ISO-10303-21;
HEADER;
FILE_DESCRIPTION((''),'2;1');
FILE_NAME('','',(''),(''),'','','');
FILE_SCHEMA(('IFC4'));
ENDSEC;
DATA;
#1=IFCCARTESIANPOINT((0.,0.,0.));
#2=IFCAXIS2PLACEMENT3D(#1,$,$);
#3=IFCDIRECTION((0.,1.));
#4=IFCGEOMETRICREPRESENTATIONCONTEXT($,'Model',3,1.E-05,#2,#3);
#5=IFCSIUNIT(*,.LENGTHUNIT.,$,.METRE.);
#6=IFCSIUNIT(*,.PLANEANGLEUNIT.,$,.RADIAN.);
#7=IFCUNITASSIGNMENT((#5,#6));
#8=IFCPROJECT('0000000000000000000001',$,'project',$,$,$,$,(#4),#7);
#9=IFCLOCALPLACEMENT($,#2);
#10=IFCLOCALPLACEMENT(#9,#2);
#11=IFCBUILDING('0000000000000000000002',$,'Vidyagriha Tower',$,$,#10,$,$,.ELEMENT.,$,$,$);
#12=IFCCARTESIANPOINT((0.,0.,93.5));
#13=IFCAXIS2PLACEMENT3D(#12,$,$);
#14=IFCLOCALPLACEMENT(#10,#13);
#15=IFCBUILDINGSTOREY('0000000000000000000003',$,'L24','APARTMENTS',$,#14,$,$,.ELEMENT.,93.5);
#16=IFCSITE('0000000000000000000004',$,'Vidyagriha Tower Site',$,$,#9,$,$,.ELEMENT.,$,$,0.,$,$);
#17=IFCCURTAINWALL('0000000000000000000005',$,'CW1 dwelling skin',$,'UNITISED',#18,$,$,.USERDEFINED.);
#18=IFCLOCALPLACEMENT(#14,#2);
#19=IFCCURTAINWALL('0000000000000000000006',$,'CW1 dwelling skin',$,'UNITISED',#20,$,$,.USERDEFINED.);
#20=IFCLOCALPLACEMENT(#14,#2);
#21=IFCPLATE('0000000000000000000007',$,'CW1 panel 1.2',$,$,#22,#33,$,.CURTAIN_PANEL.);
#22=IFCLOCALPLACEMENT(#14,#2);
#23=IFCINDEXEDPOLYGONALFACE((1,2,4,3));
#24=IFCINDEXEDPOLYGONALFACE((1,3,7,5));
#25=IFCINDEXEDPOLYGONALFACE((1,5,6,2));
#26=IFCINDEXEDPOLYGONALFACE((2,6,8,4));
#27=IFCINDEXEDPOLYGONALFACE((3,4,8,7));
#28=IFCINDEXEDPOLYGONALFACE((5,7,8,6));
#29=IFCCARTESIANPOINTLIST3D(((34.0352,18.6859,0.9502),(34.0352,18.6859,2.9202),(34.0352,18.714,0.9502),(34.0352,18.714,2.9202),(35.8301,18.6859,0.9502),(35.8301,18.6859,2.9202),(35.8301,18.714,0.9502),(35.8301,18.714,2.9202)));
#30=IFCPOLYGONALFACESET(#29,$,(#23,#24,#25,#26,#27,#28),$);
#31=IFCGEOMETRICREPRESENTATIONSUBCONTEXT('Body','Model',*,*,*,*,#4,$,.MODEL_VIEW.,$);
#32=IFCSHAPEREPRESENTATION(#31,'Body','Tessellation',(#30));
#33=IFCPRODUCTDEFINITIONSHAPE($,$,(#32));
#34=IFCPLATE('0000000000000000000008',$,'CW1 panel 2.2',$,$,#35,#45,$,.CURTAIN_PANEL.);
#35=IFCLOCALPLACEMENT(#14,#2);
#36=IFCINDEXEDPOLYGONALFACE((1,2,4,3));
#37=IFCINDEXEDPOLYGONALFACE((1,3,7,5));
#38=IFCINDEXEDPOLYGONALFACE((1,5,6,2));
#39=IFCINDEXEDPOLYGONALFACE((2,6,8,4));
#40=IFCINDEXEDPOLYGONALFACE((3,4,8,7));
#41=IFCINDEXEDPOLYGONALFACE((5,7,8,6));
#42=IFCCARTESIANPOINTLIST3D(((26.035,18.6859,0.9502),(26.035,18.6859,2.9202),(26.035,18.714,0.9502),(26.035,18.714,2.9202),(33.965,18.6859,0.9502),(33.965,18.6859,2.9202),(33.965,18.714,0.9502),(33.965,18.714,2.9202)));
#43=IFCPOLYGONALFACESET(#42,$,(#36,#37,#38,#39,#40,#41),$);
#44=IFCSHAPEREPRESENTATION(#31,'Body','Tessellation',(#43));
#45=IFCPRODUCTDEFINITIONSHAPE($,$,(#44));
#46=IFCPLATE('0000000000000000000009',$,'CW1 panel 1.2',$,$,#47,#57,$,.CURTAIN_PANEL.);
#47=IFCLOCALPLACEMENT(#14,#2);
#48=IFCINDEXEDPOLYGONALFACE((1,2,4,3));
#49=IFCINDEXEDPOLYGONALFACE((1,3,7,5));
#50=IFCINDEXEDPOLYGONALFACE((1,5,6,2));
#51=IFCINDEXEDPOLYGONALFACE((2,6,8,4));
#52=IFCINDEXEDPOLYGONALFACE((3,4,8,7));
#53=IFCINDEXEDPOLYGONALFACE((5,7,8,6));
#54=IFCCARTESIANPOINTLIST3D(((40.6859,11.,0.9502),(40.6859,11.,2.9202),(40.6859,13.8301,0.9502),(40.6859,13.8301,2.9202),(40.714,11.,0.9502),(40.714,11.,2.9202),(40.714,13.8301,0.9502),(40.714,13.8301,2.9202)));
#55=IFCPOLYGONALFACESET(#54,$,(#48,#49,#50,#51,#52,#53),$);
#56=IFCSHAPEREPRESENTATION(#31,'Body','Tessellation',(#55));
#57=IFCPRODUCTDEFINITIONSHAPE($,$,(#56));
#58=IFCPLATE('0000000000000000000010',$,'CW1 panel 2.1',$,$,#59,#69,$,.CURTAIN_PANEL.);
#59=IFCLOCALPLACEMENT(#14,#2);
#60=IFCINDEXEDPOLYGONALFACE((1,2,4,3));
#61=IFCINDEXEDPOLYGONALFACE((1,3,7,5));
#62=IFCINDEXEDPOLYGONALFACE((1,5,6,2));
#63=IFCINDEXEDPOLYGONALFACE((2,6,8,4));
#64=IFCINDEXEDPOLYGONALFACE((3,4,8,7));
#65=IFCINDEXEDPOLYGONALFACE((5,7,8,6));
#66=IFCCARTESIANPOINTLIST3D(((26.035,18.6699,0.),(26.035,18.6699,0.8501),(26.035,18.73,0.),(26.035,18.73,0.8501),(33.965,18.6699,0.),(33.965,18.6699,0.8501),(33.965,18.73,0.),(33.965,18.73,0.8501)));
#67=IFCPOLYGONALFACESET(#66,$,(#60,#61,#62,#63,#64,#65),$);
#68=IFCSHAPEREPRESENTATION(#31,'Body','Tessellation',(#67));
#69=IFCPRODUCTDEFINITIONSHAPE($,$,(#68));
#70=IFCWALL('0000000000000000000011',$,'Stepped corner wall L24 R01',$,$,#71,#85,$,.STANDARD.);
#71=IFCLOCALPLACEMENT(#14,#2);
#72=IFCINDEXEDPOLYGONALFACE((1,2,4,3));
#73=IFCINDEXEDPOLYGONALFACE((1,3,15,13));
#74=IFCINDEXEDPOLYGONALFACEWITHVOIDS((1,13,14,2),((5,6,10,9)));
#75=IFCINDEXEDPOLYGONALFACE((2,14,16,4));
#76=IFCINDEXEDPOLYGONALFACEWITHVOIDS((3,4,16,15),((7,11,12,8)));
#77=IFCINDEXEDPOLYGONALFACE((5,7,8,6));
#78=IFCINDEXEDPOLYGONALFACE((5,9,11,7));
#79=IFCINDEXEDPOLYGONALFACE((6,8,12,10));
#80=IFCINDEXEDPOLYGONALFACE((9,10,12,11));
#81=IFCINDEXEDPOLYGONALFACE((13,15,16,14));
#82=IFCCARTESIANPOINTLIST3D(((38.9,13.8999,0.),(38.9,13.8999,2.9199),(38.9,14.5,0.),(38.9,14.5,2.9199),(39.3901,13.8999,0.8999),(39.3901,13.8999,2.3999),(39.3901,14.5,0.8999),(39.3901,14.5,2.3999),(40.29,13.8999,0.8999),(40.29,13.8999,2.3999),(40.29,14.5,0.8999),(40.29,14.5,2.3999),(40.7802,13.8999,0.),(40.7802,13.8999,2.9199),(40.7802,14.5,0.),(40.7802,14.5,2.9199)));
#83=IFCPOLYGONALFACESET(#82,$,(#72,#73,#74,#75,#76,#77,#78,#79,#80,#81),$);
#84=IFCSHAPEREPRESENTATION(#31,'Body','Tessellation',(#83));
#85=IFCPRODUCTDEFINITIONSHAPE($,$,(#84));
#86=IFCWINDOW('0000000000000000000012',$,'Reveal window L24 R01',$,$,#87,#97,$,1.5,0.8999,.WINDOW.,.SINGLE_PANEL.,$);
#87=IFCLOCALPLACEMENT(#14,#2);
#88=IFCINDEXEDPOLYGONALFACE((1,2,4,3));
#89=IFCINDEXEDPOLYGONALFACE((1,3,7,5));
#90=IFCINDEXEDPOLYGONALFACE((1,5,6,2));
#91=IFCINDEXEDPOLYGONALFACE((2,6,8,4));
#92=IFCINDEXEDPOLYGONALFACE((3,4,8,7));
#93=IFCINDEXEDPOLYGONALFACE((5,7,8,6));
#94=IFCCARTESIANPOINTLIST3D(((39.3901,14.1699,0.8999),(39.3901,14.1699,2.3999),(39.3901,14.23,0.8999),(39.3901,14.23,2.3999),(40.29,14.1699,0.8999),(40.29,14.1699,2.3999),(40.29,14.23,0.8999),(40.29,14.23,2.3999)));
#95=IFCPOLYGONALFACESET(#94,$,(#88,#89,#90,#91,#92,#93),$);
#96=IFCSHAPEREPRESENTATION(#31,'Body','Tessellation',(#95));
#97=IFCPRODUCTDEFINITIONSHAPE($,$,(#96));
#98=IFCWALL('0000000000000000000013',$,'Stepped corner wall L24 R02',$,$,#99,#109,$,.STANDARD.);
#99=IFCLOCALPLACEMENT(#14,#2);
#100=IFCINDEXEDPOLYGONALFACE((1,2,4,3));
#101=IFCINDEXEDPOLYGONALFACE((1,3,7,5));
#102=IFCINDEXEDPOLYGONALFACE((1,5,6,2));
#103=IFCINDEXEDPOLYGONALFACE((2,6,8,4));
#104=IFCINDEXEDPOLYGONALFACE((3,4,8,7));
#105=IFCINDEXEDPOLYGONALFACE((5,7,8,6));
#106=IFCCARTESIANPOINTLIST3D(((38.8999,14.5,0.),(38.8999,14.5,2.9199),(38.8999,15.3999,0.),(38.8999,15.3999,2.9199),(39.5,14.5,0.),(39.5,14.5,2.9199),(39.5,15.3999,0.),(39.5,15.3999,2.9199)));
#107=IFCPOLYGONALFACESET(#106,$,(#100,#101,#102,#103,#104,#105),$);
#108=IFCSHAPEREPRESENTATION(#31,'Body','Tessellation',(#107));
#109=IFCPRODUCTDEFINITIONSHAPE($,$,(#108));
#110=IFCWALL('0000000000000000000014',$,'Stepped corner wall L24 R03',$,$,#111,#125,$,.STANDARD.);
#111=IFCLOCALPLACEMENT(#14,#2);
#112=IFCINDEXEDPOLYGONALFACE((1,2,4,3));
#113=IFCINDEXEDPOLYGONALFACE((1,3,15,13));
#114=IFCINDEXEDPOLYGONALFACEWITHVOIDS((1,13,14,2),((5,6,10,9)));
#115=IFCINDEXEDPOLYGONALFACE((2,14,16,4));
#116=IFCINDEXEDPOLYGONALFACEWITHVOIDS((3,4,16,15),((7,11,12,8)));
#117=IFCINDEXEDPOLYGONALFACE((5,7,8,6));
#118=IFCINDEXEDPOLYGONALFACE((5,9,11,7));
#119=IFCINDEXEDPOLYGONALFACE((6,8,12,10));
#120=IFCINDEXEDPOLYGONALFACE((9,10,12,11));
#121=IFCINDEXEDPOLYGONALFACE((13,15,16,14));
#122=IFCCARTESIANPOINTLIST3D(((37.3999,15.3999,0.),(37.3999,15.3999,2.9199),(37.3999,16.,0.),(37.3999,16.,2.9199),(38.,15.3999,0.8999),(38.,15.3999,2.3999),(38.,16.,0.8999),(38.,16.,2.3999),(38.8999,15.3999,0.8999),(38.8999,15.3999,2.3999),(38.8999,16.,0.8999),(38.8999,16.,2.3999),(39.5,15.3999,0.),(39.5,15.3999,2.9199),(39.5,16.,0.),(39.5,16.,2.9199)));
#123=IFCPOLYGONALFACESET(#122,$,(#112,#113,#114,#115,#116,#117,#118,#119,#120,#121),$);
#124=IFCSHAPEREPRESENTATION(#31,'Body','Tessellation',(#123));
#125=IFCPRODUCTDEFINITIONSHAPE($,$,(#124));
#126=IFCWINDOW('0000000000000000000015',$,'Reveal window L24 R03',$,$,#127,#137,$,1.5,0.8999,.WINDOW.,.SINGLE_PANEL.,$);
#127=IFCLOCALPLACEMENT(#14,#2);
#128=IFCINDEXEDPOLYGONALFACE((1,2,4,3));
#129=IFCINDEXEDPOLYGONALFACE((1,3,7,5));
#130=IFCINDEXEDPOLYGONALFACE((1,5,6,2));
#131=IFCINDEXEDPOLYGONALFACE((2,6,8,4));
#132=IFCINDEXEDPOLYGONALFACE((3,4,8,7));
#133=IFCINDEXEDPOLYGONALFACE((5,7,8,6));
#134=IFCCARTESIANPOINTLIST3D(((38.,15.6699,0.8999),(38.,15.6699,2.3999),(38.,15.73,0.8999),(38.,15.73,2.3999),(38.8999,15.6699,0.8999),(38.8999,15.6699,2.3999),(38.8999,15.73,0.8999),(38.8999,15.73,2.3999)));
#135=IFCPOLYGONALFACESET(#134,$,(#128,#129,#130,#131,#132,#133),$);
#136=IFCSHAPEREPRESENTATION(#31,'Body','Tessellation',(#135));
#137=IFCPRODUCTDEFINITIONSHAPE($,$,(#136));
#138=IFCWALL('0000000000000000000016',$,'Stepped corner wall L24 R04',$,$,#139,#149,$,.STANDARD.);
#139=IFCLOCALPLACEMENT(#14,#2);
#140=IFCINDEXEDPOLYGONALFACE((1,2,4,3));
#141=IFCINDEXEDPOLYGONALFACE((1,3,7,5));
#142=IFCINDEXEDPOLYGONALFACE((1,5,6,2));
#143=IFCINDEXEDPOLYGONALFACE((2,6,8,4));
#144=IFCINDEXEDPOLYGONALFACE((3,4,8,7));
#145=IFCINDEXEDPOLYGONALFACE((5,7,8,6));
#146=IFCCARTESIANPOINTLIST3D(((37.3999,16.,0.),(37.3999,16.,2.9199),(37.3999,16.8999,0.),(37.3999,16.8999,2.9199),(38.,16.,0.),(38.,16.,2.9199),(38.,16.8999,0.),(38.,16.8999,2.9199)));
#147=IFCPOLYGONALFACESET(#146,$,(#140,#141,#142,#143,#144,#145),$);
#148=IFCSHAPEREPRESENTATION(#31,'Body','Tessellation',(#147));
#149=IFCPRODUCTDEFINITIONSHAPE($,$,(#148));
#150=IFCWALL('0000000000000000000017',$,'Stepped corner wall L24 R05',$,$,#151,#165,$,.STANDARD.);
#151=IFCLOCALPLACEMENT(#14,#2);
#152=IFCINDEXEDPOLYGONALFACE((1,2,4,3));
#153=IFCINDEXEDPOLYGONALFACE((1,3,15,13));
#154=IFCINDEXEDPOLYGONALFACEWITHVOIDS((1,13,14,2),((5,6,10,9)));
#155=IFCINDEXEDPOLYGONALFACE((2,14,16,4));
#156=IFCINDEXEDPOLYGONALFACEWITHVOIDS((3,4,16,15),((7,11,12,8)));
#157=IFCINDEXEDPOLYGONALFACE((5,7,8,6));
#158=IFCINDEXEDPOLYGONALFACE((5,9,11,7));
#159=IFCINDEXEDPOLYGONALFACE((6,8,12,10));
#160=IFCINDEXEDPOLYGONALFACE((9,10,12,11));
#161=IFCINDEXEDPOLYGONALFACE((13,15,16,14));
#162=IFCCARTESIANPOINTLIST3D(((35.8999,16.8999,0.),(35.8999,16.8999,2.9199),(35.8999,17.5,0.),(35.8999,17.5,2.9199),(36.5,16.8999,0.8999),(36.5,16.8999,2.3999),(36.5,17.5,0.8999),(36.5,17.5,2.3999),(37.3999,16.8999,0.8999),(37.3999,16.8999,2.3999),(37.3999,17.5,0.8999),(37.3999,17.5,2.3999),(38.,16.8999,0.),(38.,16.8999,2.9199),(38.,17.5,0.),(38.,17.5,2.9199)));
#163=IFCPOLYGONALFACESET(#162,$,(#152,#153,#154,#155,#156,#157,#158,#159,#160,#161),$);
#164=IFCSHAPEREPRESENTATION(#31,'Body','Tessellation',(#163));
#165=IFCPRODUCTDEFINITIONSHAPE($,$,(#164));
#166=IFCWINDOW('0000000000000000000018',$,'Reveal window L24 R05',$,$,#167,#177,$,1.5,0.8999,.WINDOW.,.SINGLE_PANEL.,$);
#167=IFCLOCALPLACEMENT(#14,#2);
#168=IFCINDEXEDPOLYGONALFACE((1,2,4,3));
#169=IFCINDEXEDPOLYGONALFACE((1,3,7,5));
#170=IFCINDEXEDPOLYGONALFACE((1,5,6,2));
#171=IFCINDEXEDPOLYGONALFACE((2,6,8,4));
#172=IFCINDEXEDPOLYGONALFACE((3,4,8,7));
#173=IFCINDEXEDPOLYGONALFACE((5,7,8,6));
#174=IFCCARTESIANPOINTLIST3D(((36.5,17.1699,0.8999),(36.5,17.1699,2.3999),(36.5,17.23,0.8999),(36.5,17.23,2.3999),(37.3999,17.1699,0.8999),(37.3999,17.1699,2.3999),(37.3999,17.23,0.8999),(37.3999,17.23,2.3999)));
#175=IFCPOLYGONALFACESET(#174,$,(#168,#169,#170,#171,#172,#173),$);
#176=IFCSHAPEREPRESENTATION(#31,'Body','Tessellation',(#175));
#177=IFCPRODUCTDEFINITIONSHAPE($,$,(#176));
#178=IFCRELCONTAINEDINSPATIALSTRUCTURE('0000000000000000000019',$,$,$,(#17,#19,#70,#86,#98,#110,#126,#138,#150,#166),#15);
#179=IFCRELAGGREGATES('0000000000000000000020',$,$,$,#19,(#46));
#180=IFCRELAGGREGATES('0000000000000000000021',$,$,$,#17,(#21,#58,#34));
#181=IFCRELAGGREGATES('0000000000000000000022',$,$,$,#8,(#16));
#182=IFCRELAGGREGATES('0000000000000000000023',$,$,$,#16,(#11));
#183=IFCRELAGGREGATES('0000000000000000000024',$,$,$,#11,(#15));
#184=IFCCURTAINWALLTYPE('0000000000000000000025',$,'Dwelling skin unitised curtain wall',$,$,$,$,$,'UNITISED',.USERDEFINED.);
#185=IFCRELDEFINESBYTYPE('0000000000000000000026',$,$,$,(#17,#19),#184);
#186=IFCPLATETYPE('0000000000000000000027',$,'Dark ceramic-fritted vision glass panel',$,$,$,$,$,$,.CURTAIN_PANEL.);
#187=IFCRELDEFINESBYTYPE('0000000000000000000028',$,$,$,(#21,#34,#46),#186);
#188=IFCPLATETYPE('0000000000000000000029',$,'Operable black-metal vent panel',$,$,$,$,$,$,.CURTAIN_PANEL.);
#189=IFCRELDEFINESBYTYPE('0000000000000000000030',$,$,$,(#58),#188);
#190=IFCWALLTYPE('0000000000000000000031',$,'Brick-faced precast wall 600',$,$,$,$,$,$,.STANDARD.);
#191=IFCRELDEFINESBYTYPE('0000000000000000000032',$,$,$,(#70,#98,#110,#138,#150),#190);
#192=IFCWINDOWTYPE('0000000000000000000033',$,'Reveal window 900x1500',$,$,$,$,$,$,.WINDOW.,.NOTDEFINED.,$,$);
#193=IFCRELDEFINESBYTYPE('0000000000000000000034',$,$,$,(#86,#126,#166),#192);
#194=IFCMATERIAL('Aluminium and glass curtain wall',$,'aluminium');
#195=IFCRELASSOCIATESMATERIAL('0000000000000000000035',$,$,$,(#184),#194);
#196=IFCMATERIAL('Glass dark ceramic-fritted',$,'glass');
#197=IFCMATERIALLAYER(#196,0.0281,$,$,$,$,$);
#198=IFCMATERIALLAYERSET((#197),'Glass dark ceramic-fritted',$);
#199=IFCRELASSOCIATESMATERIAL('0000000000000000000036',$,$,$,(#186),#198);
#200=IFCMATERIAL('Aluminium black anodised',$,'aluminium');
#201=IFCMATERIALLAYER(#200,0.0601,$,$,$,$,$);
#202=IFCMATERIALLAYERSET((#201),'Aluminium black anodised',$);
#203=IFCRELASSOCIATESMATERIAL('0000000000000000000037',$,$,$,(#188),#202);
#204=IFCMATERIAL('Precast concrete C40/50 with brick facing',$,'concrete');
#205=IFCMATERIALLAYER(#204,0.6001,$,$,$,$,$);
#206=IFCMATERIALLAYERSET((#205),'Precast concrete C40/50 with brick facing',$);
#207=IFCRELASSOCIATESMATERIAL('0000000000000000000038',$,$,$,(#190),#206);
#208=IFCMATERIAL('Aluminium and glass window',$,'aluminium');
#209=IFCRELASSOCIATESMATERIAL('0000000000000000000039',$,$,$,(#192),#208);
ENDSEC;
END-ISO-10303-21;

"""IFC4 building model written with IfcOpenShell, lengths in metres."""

from ifc_helpers import new_model, si_unit, direction, frame, frame_2d, origin, origin_2d, place, context, subcontext, project, spatial, rectangle, extrude, material, layer, layer_set, type_object, element, fill, aggregate, save


model = new_model("IFC4")

# Units and contexts
model_context = context("Model", 3, precision=1e-05, world=origin(), true_north=direction((0.0, 1.0)))
body_context = subcontext(model_context, "Body", "Model", "MODEL_VIEW")
ifc_project = project(units=[si_unit("LENGTHUNIT", "METRE"), si_unit("PLANEANGLEUNIT", "RADIAN")], contexts=[model_context])

# Site, building, storey
site_placement = place(None, origin())
site = spatial("IfcSite", under=ifc_project, at=site_placement, Name="Vidyagriha Tower Site", CompositionType="ELEMENT", RefElevation=0.0)
building_placement = place(site_placement, origin())
building = spatial("IfcBuilding", under=site, at=building_placement, Name="Vidyagriha Tower", CompositionType="ELEMENT")
storey_placement = place(building_placement, frame((0.0, 0.0, 93.5)))
storey = spatial("IfcBuildingStorey", under=building, at=storey_placement, Name="L24", Description="APARTMENTS", CompositionType="ELEMENT", Elevation=93.5)

# Curtain wall
ifc_material_1 = material(Name="Aluminium and glass curtain wall", Category="aluminium")
curtain_wall_type = type_object("IfcCurtainWallType", Name="Dwelling skin unitised curtain wall", ElementType="UNITISED", PredefinedType="USERDEFINED", material=ifc_material_1)
curtain_wall_1_placement = place(storey_placement, origin())
curtain_wall_1 = element("IfcCurtainWall", 1, at=curtain_wall_1_placement, inside=storey, type_object=curtain_wall_type, Name="CW1 dwelling skin", ObjectType="UNITISED", PredefinedType="USERDEFINED")

# Curtain wall
curtain_wall_2_placement = place(storey_placement, origin())
curtain_wall_2 = element("IfcCurtainWall", 2, at=curtain_wall_2_placement, inside=storey, type_object=curtain_wall_type, Name="CW1 dwelling skin", ObjectType="UNITISED", PredefinedType="USERDEFINED")

# Plates
ifc_material_2 = material(Name="Glass dark ceramic-fritted", Category="glass")
ifc_layer_1 = layer(ifc_material_2, 0.0281)
ifc_layer_set_1 = layer_set([ifc_layer_1], Name="Glass dark ceramic-fritted")
plate_type_1 = type_object("IfcPlateType", Name="Dark ceramic-fritted vision glass panel", PredefinedType="CURTAIN_PANEL", material=ifc_layer_set_1)
plate_1_placement = place(storey_placement, frame((34.9326, 18.7, 0.9502), z_axis=(0.0, 0.0, 1.0), x_axis=(-1.0, 0.0, 0.0)))
plate_1 = element("IfcPlate", 3, at=plate_1_placement, type_object=plate_type_1, Name="CW1 panel 1.2", PredefinedType="CURTAIN_PANEL", context=body_context, shape_type="SweptSolid", body=[
    extrude(rectangle(XDim=1.7949, YDim=0.0281, at=origin_2d()), origin(), (0.0, 0.0, 1.0), 1.97),
])
plate_2_placement = place(storey_placement, frame((30.0, 18.7, 0.9502), z_axis=(0.0, 0.0, 1.0), x_axis=(-1.0, 0.0, 0.0)))
plate_2 = element("IfcPlate", 4, at=plate_2_placement, type_object=plate_type_1, Name="CW1 panel 2.2", PredefinedType="CURTAIN_PANEL", context=body_context, shape_type="SweptSolid", body=[
    extrude(rectangle(XDim=7.9299, YDim=0.0281, at=origin_2d()), origin(), (0.0, 0.0, 1.0), 1.97),
])
plate_3_placement = place(storey_placement, frame((40.7, 12.415, 0.9502), z_axis=(0.0, 0.0, 1.0), x_axis=(0.0, 1.0, 0.0)))
plate_3 = element("IfcPlate", 5, at=plate_3_placement, type_object=plate_type_1, Name="CW1 panel 1.2", PredefinedType="CURTAIN_PANEL", context=body_context, shape_type="SweptSolid", body=[
    extrude(rectangle(XDim=2.8301, YDim=0.0281, at=origin_2d()), origin(), (0.0, 0.0, 1.0), 1.97),
])
aggregate(curtain_wall_2, [plate_3])
ifc_material_3 = material(Name="Aluminium black anodised", Category="aluminium")
ifc_layer_2 = layer(ifc_material_3, 0.0601)
ifc_layer_set_2 = layer_set([ifc_layer_2], Name="Aluminium black anodised")
plate_type_2 = type_object("IfcPlateType", Name="Operable black-metal vent panel", PredefinedType="CURTAIN_PANEL", material=ifc_layer_set_2)
plate_4_placement = place(storey_placement, frame((30.0, 18.7, 0.0), z_axis=(0.0, 0.0, 1.0), x_axis=(-1.0, 0.0, 0.0)))
plate_4 = element("IfcPlate", 6, at=plate_4_placement, type_object=plate_type_2, Name="CW1 panel 2.1", PredefinedType="CURTAIN_PANEL", context=body_context, shape_type="SweptSolid", body=[
    extrude(rectangle(XDim=7.9299, YDim=0.0601, at=origin_2d()), origin(), (0.0, 0.0, 1.0), 0.8501),
])
aggregate(curtain_wall_1, [plate_1, plate_4, plate_2])

# Wall, opening, window
ifc_material_4 = material(Name="Precast concrete C40/50 with brick facing", Category="concrete")
ifc_layer_3 = layer(ifc_material_4, 0.6001)
ifc_layer_set_3 = layer_set([ifc_layer_3], Name="Precast concrete C40/50 with brick facing")
wall_type_1 = type_object("IfcWallType", Name="Brick-faced precast wall 600", PredefinedType="STANDARD", material=ifc_layer_set_3)
wall_1_placement = place(storey_placement, frame((40.78, 14.2, 0.0), z_axis=(0.0, 0.0, 1.0), x_axis=(-1.0, 0.0, 0.0)))
wall_1 = element("IfcWall", 7, at=wall_1_placement, inside=storey, type_object=wall_type_1, Name="Stepped corner wall L24 R01", PredefinedType="STANDARD", context=body_context, shape_type="SweptSolid", body=[
    extrude(rectangle(XDim=1.8801, YDim=0.6001, at=frame_2d((0.9399, 0.0))), origin(), (0.0, 0.0, 1.0), 2.9199),
])
opening_1_placement = place(wall_1_placement, frame((0.49, 0.0, 0.8999)))
opening_1 = element("IfcOpeningElement", 8, at=opening_1_placement, cuts=wall_1, PredefinedType="OPENING", context=body_context, shape_type="SweptSolid", body=[
    extrude(rectangle(XDim=0.8999, YDim=1.5, at=frame_2d((0.45, 0.75))), frame((0.0, 0.3101, 0.0), z_axis=(0.0, -1.0, 0.0), x_axis=(1.0, 0.0, 0.0)), (0.0, 0.0, 1.0), 0.6201),
])
ifc_material_5 = material(Name="Aluminium and glass window", Category="aluminium")
window_type = type_object("IfcWindowType", Name="Reveal window 900x1500", PartitioningType="NOTDEFINED", PredefinedType="WINDOW", material=ifc_material_5)
window_1_placement = place(opening_1_placement, origin())
window_1 = element("IfcWindow", 9, at=window_1_placement, inside=storey, type_object=window_type, Name="Reveal window L24 R01", OverallHeight=1.5, OverallWidth=0.8999, PartitioningType="SINGLE_PANEL", PredefinedType="WINDOW", context=body_context, shape_type="SweptSolid", body=[
    extrude(rectangle(XDim=0.8999, YDim=1.5, at=frame_2d((0.45, 0.75))), frame((0.0, 0.03, 0.0), z_axis=(0.0, -1.0, 0.0), x_axis=(1.0, 0.0, 0.0)), (0.0, 0.0, 1.0), 0.0601),
])
fill(opening_1, window_1)

# Wall
wall_2_placement = place(storey_placement, frame((39.2, 14.5, 0.0), z_axis=(0.0, 0.0, 1.0), x_axis=(0.0, 1.0, 0.0)))
element("IfcWall", 10, at=wall_2_placement, inside=storey, type_object=wall_type_1, Name="Stepped corner wall L24 R02", PredefinedType="STANDARD", context=body_context, shape_type="SweptSolid", body=[
    extrude(rectangle(XDim=0.8999, YDim=0.6001, at=frame_2d((0.45, 0.0))), origin(), (0.0, 0.0, 1.0), 2.9199),
])

# Wall, opening, window
wall_3_placement = place(storey_placement, frame((39.5, 15.7, 0.0), z_axis=(0.0, 0.0, 1.0), x_axis=(-1.0, 0.0, 0.0)))
wall_3 = element("IfcWall", 11, at=wall_3_placement, inside=storey, type_object=wall_type_1, Name="Stepped corner wall L24 R03", PredefinedType="STANDARD", context=body_context, shape_type="SweptSolid", body=[
    extrude(rectangle(XDim=2.1001, YDim=0.6001, at=frame_2d((1.05, 0.0))), origin(), (0.0, 0.0, 1.0), 2.9199),
])
opening_2_placement = place(wall_3_placement, frame((0.6001, 0.0, 0.8999)))
opening_2 = element("IfcOpeningElement", 12, at=opening_2_placement, cuts=wall_3, PredefinedType="OPENING", context=body_context, shape_type="SweptSolid", body=[
    extrude(rectangle(XDim=0.8999, YDim=1.5, at=frame_2d((0.45, 0.75))), frame((0.0, 0.3101, 0.0), z_axis=(0.0, -1.0, 0.0), x_axis=(1.0, 0.0, 0.0)), (0.0, 0.0, 1.0), 0.6201),
])
window_2_placement = place(opening_2_placement, origin())
window_2 = element("IfcWindow", 13, at=window_2_placement, inside=storey, type_object=window_type, Name="Reveal window L24 R03", OverallHeight=1.5, OverallWidth=0.8999, PartitioningType="SINGLE_PANEL", PredefinedType="WINDOW", context=body_context, shape_type="SweptSolid", body=[
    extrude(rectangle(XDim=0.8999, YDim=1.5, at=frame_2d((0.45, 0.75))), frame((0.0, 0.03, 0.0), z_axis=(0.0, -1.0, 0.0), x_axis=(1.0, 0.0, 0.0)), (0.0, 0.0, 1.0), 0.0601),
])
fill(opening_2, window_2)

# Wall
wall_4_placement = place(storey_placement, frame((37.7, 16.0, 0.0), z_axis=(0.0, 0.0, 1.0), x_axis=(0.0, 1.0, 0.0)))
element("IfcWall", 14, at=wall_4_placement, inside=storey, type_object=wall_type_1, Name="Stepped corner wall L24 R04", PredefinedType="STANDARD", context=body_context, shape_type="SweptSolid", body=[
    extrude(rectangle(XDim=0.8999, YDim=0.6001, at=frame_2d((0.45, 0.0))), origin(), (0.0, 0.0, 1.0), 2.9199),
])

# Wall, opening, window
wall_5_placement = place(storey_placement, frame((38.0, 17.2, 0.0), z_axis=(0.0, 0.0, 1.0), x_axis=(-1.0, 0.0, 0.0)))
wall_5 = element("IfcWall", 15, at=wall_5_placement, inside=storey, type_object=wall_type_1, Name="Stepped corner wall L24 R05", PredefinedType="STANDARD", context=body_context, shape_type="SweptSolid", body=[
    extrude(rectangle(XDim=2.1001, YDim=0.6001, at=frame_2d((1.05, 0.0))), origin(), (0.0, 0.0, 1.0), 2.9199),
])
opening_3_placement = place(wall_5_placement, frame((0.6001, 0.0, 0.8999)))
opening_3 = element("IfcOpeningElement", 16, at=opening_3_placement, cuts=wall_5, PredefinedType="OPENING", context=body_context, shape_type="SweptSolid", body=[
    extrude(rectangle(XDim=0.8999, YDim=1.5, at=frame_2d((0.45, 0.75))), frame((0.0, 0.3101, 0.0), z_axis=(0.0, -1.0, 0.0), x_axis=(1.0, 0.0, 0.0)), (0.0, 0.0, 1.0), 0.6201),
])
window_3_placement = place(opening_3_placement, origin())
window_3 = element("IfcWindow", 17, at=window_3_placement, inside=storey, type_object=window_type, Name="Reveal window L24 R05", OverallHeight=1.5, OverallWidth=0.8999, PartitioningType="SINGLE_PANEL", PredefinedType="WINDOW", context=body_context, shape_type="SweptSolid", body=[
    extrude(rectangle(XDim=0.8999, YDim=1.5, at=frame_2d((0.45, 0.75))), frame((0.0, 0.03, 0.0), z_axis=(0.0, -1.0, 0.0), x_axis=(1.0, 0.0, 0.0)), (0.0, 0.0, 1.0), 0.0601),
])
fill(opening_3, window_3)

save(model, "model.ifc")
